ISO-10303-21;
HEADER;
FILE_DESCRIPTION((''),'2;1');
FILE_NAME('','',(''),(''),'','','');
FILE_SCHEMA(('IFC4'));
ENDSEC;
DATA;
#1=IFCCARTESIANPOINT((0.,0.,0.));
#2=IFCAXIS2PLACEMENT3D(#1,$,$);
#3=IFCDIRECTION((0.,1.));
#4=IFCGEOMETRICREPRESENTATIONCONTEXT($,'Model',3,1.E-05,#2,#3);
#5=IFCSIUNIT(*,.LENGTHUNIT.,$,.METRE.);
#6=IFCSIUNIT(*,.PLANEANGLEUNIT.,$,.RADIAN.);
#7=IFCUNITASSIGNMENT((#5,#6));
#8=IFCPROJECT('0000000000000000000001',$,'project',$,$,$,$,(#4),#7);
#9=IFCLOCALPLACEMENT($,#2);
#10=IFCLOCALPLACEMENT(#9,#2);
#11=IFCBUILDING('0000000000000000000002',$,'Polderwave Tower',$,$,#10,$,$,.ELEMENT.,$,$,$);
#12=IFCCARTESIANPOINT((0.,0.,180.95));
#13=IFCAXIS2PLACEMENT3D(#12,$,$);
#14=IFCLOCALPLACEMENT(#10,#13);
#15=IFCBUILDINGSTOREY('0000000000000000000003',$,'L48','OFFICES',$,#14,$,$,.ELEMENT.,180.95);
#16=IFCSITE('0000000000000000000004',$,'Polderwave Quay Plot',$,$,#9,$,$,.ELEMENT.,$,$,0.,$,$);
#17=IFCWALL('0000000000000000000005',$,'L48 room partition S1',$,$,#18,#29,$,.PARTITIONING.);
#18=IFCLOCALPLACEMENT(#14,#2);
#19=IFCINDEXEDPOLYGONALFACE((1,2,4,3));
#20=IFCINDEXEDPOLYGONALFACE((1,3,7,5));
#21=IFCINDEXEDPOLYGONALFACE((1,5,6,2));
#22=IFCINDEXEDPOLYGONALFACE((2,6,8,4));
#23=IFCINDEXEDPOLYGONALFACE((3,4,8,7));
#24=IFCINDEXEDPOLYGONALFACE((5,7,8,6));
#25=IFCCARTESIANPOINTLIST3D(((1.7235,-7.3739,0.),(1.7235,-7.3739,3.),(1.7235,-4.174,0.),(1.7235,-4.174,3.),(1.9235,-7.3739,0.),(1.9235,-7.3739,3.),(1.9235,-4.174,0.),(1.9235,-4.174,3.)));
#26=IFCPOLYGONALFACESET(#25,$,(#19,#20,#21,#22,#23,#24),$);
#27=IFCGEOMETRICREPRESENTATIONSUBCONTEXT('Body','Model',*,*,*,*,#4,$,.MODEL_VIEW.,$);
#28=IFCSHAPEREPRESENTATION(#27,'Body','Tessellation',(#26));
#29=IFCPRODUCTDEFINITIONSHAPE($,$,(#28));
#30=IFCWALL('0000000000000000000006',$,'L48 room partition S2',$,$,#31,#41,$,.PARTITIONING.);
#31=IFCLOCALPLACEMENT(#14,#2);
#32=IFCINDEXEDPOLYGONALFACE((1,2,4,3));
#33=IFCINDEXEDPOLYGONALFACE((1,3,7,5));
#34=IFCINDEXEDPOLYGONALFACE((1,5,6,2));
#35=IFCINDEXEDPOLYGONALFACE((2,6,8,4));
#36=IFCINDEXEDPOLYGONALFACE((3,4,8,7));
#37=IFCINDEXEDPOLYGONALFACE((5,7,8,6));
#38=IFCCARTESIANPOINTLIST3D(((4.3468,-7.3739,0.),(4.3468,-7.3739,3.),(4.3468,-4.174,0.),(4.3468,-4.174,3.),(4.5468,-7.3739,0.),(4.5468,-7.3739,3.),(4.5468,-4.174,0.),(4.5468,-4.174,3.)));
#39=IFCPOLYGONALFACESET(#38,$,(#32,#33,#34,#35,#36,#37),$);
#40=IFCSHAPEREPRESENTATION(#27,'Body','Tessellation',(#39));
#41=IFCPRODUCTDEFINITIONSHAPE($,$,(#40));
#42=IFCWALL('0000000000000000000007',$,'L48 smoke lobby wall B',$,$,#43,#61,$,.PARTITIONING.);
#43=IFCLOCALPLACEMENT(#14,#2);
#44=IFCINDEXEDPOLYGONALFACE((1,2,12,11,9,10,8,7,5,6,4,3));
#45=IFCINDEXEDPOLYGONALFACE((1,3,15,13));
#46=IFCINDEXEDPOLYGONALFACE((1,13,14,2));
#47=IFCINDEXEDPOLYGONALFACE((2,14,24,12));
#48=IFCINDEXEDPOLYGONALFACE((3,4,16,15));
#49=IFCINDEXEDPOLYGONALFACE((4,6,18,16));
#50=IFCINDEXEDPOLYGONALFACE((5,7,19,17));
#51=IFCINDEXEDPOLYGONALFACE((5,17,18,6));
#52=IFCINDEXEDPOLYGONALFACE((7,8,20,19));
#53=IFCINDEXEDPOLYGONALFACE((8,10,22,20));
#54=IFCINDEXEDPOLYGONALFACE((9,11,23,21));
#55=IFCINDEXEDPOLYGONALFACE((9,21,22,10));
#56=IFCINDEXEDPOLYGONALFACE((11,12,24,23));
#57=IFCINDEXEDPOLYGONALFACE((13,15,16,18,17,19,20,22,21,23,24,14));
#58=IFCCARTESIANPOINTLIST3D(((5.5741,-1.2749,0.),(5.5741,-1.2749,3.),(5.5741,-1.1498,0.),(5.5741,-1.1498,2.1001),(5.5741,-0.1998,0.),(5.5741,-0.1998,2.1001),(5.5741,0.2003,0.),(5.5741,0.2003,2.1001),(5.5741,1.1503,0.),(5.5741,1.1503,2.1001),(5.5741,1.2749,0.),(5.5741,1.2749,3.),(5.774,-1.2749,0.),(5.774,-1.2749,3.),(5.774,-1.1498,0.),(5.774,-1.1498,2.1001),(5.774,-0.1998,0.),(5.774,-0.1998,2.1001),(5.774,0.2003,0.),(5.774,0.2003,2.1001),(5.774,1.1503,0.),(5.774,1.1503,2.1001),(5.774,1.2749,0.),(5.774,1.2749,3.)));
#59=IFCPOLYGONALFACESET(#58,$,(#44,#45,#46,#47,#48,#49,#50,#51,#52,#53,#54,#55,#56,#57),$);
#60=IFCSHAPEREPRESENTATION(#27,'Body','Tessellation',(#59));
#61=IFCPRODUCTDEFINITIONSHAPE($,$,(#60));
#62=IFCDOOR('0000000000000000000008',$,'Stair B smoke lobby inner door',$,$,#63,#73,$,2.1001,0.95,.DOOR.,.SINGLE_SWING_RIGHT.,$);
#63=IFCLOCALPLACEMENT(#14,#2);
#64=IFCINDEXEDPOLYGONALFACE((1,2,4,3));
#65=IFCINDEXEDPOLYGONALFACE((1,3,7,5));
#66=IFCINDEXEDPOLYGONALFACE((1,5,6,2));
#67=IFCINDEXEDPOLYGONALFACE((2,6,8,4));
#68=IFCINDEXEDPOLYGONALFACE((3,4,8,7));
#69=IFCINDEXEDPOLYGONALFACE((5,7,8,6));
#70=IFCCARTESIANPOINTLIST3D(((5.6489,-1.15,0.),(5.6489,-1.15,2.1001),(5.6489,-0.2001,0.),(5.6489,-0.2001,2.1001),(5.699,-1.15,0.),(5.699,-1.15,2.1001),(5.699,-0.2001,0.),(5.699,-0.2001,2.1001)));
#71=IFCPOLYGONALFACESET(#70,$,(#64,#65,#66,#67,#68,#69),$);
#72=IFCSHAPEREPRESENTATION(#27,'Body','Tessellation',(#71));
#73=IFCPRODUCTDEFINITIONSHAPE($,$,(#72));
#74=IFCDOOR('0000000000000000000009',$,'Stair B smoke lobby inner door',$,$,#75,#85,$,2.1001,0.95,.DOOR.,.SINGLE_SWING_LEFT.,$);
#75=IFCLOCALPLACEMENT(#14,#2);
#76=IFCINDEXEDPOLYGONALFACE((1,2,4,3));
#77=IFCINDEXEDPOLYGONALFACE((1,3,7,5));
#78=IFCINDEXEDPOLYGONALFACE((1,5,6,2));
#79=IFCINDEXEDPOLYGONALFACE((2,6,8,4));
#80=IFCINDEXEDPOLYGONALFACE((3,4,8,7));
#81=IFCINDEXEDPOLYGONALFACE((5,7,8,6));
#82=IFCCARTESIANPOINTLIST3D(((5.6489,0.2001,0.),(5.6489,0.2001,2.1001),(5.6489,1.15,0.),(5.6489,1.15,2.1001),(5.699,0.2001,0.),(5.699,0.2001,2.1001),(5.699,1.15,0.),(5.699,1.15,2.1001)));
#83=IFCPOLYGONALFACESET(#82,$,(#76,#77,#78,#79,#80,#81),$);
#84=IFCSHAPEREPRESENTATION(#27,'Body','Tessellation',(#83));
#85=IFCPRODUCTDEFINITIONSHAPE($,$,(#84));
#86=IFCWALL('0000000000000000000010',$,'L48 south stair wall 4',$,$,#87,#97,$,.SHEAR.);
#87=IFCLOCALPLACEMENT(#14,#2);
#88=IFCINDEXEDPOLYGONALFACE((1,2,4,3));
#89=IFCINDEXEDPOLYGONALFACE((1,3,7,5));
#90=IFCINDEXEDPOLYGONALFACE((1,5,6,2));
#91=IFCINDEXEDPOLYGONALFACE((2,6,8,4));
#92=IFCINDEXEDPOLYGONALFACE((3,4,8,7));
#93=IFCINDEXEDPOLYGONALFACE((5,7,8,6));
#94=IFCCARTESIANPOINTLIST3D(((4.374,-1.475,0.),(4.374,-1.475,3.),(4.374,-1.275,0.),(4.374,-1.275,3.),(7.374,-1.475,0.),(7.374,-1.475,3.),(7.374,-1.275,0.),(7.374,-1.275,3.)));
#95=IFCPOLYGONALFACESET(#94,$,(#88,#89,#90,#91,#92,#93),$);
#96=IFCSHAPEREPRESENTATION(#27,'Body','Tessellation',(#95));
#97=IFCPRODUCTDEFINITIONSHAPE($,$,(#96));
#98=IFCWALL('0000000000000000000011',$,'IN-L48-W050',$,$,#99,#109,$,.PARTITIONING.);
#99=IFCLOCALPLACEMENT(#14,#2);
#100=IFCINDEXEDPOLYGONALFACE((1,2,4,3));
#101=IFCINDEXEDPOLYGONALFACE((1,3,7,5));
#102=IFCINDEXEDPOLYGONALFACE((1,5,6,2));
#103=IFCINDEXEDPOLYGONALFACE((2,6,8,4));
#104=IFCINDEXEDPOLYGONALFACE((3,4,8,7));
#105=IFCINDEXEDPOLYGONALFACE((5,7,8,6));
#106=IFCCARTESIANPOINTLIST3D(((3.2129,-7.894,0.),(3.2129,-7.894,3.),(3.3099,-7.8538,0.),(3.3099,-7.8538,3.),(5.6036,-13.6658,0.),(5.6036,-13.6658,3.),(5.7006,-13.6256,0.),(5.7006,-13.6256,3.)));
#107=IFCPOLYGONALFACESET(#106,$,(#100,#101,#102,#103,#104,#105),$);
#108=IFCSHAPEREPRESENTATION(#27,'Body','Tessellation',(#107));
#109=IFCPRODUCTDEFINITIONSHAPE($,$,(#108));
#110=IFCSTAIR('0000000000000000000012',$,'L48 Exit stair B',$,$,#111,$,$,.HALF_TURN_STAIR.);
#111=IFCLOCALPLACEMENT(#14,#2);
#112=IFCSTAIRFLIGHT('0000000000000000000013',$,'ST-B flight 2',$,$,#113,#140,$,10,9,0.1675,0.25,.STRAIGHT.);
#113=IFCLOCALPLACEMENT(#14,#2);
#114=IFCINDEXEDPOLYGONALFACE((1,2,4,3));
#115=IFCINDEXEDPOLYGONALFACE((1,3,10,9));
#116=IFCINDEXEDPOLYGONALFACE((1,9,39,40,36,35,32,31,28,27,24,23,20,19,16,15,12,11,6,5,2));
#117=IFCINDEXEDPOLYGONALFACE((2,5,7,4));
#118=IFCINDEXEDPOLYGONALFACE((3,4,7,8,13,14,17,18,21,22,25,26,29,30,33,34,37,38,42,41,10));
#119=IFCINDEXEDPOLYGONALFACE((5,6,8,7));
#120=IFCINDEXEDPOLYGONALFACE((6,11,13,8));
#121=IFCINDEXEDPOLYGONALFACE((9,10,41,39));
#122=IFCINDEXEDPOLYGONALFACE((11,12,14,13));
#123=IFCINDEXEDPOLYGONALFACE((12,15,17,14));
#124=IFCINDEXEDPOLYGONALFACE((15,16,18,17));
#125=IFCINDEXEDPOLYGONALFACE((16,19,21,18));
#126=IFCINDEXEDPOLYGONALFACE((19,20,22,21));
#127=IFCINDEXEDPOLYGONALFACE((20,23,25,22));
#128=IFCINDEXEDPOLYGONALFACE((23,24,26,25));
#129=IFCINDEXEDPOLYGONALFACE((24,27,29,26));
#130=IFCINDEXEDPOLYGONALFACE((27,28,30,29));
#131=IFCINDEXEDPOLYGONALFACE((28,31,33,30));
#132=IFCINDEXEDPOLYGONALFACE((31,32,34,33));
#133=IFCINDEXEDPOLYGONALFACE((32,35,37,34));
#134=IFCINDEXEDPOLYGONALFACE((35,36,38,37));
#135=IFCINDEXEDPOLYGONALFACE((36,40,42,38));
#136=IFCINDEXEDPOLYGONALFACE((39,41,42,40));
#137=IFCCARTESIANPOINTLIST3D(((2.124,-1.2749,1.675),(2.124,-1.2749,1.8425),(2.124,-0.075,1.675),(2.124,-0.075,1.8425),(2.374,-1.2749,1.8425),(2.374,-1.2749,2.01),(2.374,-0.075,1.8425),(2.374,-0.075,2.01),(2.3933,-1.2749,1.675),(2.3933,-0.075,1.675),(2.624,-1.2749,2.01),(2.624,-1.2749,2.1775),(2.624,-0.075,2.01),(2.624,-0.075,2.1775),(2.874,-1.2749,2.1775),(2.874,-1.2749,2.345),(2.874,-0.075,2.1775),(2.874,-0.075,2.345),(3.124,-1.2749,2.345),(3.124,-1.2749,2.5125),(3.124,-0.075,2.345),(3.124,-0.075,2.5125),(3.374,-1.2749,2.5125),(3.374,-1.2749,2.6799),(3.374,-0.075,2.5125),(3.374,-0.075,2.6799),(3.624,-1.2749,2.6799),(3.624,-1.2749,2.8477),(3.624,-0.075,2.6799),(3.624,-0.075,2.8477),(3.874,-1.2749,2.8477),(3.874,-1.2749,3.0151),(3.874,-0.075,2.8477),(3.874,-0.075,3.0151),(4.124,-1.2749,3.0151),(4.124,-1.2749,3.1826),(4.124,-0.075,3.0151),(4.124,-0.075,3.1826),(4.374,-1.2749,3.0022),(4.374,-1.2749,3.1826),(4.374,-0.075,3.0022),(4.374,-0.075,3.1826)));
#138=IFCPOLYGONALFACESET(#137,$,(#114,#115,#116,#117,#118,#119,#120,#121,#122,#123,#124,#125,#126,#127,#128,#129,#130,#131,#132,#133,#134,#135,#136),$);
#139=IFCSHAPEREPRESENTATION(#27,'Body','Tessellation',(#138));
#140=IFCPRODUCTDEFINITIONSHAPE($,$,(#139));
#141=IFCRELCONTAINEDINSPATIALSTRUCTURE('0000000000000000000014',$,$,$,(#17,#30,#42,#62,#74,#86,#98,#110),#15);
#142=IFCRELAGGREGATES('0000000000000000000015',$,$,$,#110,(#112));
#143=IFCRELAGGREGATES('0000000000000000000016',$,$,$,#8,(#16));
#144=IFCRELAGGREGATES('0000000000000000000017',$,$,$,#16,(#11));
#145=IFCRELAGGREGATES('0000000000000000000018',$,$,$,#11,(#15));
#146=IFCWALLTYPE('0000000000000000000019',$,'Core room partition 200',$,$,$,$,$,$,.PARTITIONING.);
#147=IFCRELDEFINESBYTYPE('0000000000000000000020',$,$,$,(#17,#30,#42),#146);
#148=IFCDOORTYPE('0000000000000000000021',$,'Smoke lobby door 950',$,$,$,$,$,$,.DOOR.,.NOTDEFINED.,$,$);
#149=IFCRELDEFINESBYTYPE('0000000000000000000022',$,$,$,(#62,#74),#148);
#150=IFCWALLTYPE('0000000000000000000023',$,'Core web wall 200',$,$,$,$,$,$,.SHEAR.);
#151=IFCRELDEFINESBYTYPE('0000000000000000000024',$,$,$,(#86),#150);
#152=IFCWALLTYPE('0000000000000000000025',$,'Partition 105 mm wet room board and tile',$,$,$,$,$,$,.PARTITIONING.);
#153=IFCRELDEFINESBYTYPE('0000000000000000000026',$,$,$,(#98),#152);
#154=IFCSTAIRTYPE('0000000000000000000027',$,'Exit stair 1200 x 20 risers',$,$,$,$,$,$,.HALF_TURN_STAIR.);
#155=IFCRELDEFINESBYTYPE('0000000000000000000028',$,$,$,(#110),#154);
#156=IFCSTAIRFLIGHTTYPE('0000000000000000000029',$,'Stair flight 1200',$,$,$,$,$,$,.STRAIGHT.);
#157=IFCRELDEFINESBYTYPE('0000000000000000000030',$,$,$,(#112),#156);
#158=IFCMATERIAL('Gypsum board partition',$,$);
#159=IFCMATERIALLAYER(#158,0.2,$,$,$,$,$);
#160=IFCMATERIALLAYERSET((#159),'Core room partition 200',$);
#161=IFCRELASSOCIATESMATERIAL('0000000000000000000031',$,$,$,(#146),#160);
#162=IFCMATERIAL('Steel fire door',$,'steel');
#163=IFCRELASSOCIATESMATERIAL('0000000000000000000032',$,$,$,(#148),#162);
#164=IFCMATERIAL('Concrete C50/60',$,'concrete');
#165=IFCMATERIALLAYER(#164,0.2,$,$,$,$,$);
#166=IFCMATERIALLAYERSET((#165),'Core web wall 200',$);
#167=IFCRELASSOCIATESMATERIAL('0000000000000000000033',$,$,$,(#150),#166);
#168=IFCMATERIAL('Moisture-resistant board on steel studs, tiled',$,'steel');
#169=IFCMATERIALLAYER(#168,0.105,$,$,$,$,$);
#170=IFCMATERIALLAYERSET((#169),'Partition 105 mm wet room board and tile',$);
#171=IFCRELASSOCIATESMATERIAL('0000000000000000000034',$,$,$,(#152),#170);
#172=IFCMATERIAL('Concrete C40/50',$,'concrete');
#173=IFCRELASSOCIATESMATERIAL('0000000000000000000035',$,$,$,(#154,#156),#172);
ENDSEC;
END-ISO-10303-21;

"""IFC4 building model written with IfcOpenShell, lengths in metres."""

from ifc_helpers import new_model, si_unit, direction, frame, frame_2d, origin, place, context, subcontext, project, spatial, polyline, rectangle, outline, extrude, material, layer, layer_set, type_object, element, fill, aggregate, save


model = new_model("IFC4")

# Units and contexts
model_context = context("Model", 3, precision=1e-05, world=origin(), true_north=direction((0.0, 1.0)))
body_context = subcontext(model_context, "Body", "Model", "MODEL_VIEW")
ifc_project = project(units=[si_unit("LENGTHUNIT", "METRE"), si_unit("PLANEANGLEUNIT", "RADIAN")], contexts=[model_context])

# Site, building, storey
site_placement = place(None, origin())
site = spatial("IfcSite", under=ifc_project, at=site_placement, Name="Polderwave Quay Plot", CompositionType="ELEMENT", RefElevation=0.0)
building_placement = place(site_placement, origin())
building = spatial("IfcBuilding", under=site, at=building_placement, Name="Polderwave Tower", CompositionType="ELEMENT")
storey_placement = place(building_placement, frame((0.0, 0.0, 180.95)))
storey = spatial("IfcBuildingStorey", under=building, at=storey_placement, Name="L48", Description="OFFICES", CompositionType="ELEMENT", Elevation=180.95)

# Walls
ifc_material_1 = material(Name="Gypsum board partition")
ifc_layer_1 = layer(ifc_material_1, 0.2)
ifc_layer_set_1 = layer_set([ifc_layer_1], Name="Core room partition 200")
wall_type_1 = type_object("IfcWallType", Name="Core room partition 200", PredefinedType="PARTITIONING", material=ifc_layer_set_1)
for number, where, z_axis, x_axis, name in (
    (1, (1.8235, -7.374, 0.0), (0.0, 0.0, 1.0), (0.0, 1.0, 0.0), "L48 room partition S1"),
    (2, (4.4468, -7.374, 0.0), (0.0, 0.0, 1.0), (0.0, 1.0, 0.0), "L48 room partition S2"),
):
    element("IfcWall", number, at=place(storey_placement, frame(where, z_axis=z_axis, x_axis=x_axis)), inside=storey, type_object=wall_type_1, Name=name, PredefinedType="PARTITIONING", context=body_context, shape_type="SweptSolid", body=[
        extrude(rectangle(XDim=3.2, YDim=0.2, at=frame_2d((1.6001, 0.0))), origin(), (0.0, 0.0, 1.0), 3.0),
    ])

# Wall, openings, doors
wall_1_placement = place(storey_placement, frame((5.6741, -1.2749, 0.0), z_axis=(0.0, 0.0, 1.0), x_axis=(0.0, 1.0, 0.0)))
wall_1 = element("IfcWall", 3, at=wall_1_placement, inside=storey, type_object=wall_type_1, Name="L48 smoke lobby wall B", PredefinedType="PARTITIONING", context=body_context, shape_type="SweptSolid", body=[
    extrude(rectangle(XDim=2.5498, YDim=0.2, at=frame_2d((1.2749, 0.0))), origin(), (0.0, 0.0, 1.0), 3.0),
])
opening_1_placement = place(wall_1_placement, frame((0.125, 0.0, 0.0)))
opening_1 = element("IfcOpeningElement", 4, at=opening_1_placement, cuts=wall_1, PredefinedType="OPENING", context=body_context, shape_type="SweptSolid", body=[
    extrude(rectangle(XDim=0.95, YDim=2.1001, at=frame_2d((0.4751, 1.05))), frame((0.0, 0.1099, 0.0), z_axis=(0.0, -1.0, 0.0), x_axis=(1.0, 0.0, 0.0)), (0.0, 0.0, 1.0), 0.22),
])
opening_2_placement = place(wall_1_placement, frame((1.4751, 0.0, 0.0)))
opening_2 = element("IfcOpeningElement", 5, at=opening_2_placement, cuts=wall_1, PredefinedType="OPENING", context=body_context, shape_type="SweptSolid", body=[
    extrude(rectangle(XDim=0.95, YDim=2.1001, at=frame_2d((0.4751, 1.05))), frame((0.0, 0.1099, 0.0), z_axis=(0.0, -1.0, 0.0), x_axis=(1.0, 0.0, 0.0)), (0.0, 0.0, 1.0), 0.22),
])
ifc_material_2 = material(Name="Steel fire door", Category="steel")
door_type = type_object("IfcDoorType", Name="Smoke lobby door 950", OperationType="NOTDEFINED", PredefinedType="DOOR", material=ifc_material_2)
door_1_placement = place(opening_1_placement, frame((0.95, 0.0, 0.0), z_axis=(0.0, 0.0, 1.0), x_axis=(-1.0, 0.0, 0.0)))
door_1 = element("IfcDoor", 6, at=door_1_placement, inside=storey, type_object=door_type, Name="Stair B smoke lobby inner door", OperationType="SINGLE_SWING_RIGHT", OverallHeight=2.1001, OverallWidth=0.95, PredefinedType="DOOR", context=body_context, shape_type="SweptSolid", body=[
    extrude(rectangle(XDim=0.95, YDim=2.1001, at=frame_2d((0.4751, 1.05))), frame((0.0, 0.0249, 0.0), z_axis=(0.0, -1.0, 0.0), x_axis=(1.0, 0.0, 0.0)), (0.0, 0.0, 1.0), 0.05),
])
fill(opening_1, door_1)
door_2_placement = place(opening_2_placement, frame((0.95, 0.0, 0.0), z_axis=(0.0, 0.0, 1.0), x_axis=(-1.0, 0.0, 0.0)))
door_2 = element("IfcDoor", 7, at=door_2_placement, inside=storey, type_object=door_type, Name="Stair B smoke lobby inner door", OperationType="SINGLE_SWING_LEFT", OverallHeight=2.1001, OverallWidth=0.95, PredefinedType="DOOR", context=body_context, shape_type="SweptSolid", body=[
    extrude(rectangle(XDim=0.95, YDim=2.1001, at=frame_2d((0.4751, 1.05))), frame((0.0, 0.0249, 0.0), z_axis=(0.0, -1.0, 0.0), x_axis=(1.0, 0.0, 0.0)), (0.0, 0.0, 1.0), 0.05),
])
fill(opening_2, door_2)

# Walls
ifc_material_3 = material(Name="Concrete C50/60", Category="concrete")
ifc_layer_2 = layer(ifc_material_3, 0.2)
ifc_layer_set_2 = layer_set([ifc_layer_2], Name="Core web wall 200")
wall_type_2 = type_object("IfcWallType", Name="Core web wall 200", PredefinedType="SHEAR", material=ifc_layer_set_2)
wall_2_placement = place(storey_placement, frame((4.374, -1.375, 0.0), z_axis=(0.0, 0.0, 1.0), x_axis=(1.0, 0.0, 0.0)))
element("IfcWall", 8, at=wall_2_placement, inside=storey, type_object=wall_type_2, Name="L48 south stair wall 4", PredefinedType="SHEAR", context=body_context, shape_type="SweptSolid", body=[
    extrude(rectangle(XDim=3.0, YDim=0.2, at=frame_2d((1.5, 0.0))), origin(), (0.0, 0.0, 1.0), 3.0),
])
ifc_material_4 = material(Name="Moisture-resistant board on steel studs, tiled", Category="steel")
ifc_layer_3 = layer(ifc_material_4, 0.105)
ifc_layer_set_3 = layer_set([ifc_layer_3], Name="Partition 105 mm wet room board and tile")
wall_type_3 = type_object("IfcWallType", Name="Partition 105 mm wet room board and tile", PredefinedType="PARTITIONING", material=ifc_layer_set_3)
wall_3_placement = place(storey_placement, frame((3.2615, -7.874, 0.0), z_axis=(0.0, 0.0, 1.0), x_axis=(0.382669, -0.923885, 0.0)))
element("IfcWall", 9, at=wall_3_placement, inside=storey, type_object=wall_type_3, Name="IN-L48-W050", PredefinedType="PARTITIONING", context=body_context, shape_type="SweptSolid", body=[
    extrude(rectangle(XDim=6.2473, YDim=0.105, at=frame_2d((3.1235, 0.0))), origin(), (0.0, 0.0, 1.0), 3.0),
])

# Stair, stair flight
ifc_material_5 = material(Name="Concrete C40/50", Category="concrete")
stair_type = type_object("IfcStairType", Name="Exit stair 1200 x 20 risers", PredefinedType="HALF_TURN_STAIR", material=ifc_material_5)
stair_placement = place(storey_placement, origin())
stair = element("IfcStair", 10, at=stair_placement, inside=storey, type_object=stair_type, Name="L48 Exit stair B", PredefinedType="HALF_TURN_STAIR")
stair_flight_type = type_object("IfcStairFlightType", Name="Stair flight 1200", PredefinedType="STRAIGHT", material=ifc_material_5)
stair_flight_placement = place(storey_placement, frame((2.124, -0.675, 1.675), z_axis=(0.0, 0.0, 1.0), x_axis=(1.0, 0.0, 0.0)))
stair_flight = element("IfcStairFlight", 11, at=stair_flight_placement, type_object=stair_flight_type, Name="ST-B flight 2", NumberOfRisers=10, NumberOfTreads=9, PredefinedType="STRAIGHT", RiserHeight=0.1675, TreadLength=0.25, context=body_context, shape_type="SweptSolid", body=[
    extrude(outline(polyline([(0.0, 0.0), (0.0, 0.1675), (0.25, 0.1675), (0.25, 0.335), (0.5, 0.335), (0.5, 0.5024), (0.75, 0.5024), (0.75, 0.6699), (1.0, 0.6699), (1.0, 0.8374), (1.25, 0.8374), (1.25, 1.0049), (1.5, 1.0049), (1.5, 1.1726), (1.75, 1.1726), (1.75, 1.3401), (2.0, 1.3401), (2.0, 1.5076), (2.25, 1.5076), (2.25, 1.675), (2.25, 1.3271), (0.2693, 0.0), (0.0, 0.0)])), frame((0.0, 0.6001, 0.0), z_axis=(0.0, -1.0, 0.0), x_axis=(1.0, 0.0, 0.0)), (0.0, 0.0, 1.0), 1.2),
])
aggregate(stair, [stair_flight])

save(model, "model.ifc")
